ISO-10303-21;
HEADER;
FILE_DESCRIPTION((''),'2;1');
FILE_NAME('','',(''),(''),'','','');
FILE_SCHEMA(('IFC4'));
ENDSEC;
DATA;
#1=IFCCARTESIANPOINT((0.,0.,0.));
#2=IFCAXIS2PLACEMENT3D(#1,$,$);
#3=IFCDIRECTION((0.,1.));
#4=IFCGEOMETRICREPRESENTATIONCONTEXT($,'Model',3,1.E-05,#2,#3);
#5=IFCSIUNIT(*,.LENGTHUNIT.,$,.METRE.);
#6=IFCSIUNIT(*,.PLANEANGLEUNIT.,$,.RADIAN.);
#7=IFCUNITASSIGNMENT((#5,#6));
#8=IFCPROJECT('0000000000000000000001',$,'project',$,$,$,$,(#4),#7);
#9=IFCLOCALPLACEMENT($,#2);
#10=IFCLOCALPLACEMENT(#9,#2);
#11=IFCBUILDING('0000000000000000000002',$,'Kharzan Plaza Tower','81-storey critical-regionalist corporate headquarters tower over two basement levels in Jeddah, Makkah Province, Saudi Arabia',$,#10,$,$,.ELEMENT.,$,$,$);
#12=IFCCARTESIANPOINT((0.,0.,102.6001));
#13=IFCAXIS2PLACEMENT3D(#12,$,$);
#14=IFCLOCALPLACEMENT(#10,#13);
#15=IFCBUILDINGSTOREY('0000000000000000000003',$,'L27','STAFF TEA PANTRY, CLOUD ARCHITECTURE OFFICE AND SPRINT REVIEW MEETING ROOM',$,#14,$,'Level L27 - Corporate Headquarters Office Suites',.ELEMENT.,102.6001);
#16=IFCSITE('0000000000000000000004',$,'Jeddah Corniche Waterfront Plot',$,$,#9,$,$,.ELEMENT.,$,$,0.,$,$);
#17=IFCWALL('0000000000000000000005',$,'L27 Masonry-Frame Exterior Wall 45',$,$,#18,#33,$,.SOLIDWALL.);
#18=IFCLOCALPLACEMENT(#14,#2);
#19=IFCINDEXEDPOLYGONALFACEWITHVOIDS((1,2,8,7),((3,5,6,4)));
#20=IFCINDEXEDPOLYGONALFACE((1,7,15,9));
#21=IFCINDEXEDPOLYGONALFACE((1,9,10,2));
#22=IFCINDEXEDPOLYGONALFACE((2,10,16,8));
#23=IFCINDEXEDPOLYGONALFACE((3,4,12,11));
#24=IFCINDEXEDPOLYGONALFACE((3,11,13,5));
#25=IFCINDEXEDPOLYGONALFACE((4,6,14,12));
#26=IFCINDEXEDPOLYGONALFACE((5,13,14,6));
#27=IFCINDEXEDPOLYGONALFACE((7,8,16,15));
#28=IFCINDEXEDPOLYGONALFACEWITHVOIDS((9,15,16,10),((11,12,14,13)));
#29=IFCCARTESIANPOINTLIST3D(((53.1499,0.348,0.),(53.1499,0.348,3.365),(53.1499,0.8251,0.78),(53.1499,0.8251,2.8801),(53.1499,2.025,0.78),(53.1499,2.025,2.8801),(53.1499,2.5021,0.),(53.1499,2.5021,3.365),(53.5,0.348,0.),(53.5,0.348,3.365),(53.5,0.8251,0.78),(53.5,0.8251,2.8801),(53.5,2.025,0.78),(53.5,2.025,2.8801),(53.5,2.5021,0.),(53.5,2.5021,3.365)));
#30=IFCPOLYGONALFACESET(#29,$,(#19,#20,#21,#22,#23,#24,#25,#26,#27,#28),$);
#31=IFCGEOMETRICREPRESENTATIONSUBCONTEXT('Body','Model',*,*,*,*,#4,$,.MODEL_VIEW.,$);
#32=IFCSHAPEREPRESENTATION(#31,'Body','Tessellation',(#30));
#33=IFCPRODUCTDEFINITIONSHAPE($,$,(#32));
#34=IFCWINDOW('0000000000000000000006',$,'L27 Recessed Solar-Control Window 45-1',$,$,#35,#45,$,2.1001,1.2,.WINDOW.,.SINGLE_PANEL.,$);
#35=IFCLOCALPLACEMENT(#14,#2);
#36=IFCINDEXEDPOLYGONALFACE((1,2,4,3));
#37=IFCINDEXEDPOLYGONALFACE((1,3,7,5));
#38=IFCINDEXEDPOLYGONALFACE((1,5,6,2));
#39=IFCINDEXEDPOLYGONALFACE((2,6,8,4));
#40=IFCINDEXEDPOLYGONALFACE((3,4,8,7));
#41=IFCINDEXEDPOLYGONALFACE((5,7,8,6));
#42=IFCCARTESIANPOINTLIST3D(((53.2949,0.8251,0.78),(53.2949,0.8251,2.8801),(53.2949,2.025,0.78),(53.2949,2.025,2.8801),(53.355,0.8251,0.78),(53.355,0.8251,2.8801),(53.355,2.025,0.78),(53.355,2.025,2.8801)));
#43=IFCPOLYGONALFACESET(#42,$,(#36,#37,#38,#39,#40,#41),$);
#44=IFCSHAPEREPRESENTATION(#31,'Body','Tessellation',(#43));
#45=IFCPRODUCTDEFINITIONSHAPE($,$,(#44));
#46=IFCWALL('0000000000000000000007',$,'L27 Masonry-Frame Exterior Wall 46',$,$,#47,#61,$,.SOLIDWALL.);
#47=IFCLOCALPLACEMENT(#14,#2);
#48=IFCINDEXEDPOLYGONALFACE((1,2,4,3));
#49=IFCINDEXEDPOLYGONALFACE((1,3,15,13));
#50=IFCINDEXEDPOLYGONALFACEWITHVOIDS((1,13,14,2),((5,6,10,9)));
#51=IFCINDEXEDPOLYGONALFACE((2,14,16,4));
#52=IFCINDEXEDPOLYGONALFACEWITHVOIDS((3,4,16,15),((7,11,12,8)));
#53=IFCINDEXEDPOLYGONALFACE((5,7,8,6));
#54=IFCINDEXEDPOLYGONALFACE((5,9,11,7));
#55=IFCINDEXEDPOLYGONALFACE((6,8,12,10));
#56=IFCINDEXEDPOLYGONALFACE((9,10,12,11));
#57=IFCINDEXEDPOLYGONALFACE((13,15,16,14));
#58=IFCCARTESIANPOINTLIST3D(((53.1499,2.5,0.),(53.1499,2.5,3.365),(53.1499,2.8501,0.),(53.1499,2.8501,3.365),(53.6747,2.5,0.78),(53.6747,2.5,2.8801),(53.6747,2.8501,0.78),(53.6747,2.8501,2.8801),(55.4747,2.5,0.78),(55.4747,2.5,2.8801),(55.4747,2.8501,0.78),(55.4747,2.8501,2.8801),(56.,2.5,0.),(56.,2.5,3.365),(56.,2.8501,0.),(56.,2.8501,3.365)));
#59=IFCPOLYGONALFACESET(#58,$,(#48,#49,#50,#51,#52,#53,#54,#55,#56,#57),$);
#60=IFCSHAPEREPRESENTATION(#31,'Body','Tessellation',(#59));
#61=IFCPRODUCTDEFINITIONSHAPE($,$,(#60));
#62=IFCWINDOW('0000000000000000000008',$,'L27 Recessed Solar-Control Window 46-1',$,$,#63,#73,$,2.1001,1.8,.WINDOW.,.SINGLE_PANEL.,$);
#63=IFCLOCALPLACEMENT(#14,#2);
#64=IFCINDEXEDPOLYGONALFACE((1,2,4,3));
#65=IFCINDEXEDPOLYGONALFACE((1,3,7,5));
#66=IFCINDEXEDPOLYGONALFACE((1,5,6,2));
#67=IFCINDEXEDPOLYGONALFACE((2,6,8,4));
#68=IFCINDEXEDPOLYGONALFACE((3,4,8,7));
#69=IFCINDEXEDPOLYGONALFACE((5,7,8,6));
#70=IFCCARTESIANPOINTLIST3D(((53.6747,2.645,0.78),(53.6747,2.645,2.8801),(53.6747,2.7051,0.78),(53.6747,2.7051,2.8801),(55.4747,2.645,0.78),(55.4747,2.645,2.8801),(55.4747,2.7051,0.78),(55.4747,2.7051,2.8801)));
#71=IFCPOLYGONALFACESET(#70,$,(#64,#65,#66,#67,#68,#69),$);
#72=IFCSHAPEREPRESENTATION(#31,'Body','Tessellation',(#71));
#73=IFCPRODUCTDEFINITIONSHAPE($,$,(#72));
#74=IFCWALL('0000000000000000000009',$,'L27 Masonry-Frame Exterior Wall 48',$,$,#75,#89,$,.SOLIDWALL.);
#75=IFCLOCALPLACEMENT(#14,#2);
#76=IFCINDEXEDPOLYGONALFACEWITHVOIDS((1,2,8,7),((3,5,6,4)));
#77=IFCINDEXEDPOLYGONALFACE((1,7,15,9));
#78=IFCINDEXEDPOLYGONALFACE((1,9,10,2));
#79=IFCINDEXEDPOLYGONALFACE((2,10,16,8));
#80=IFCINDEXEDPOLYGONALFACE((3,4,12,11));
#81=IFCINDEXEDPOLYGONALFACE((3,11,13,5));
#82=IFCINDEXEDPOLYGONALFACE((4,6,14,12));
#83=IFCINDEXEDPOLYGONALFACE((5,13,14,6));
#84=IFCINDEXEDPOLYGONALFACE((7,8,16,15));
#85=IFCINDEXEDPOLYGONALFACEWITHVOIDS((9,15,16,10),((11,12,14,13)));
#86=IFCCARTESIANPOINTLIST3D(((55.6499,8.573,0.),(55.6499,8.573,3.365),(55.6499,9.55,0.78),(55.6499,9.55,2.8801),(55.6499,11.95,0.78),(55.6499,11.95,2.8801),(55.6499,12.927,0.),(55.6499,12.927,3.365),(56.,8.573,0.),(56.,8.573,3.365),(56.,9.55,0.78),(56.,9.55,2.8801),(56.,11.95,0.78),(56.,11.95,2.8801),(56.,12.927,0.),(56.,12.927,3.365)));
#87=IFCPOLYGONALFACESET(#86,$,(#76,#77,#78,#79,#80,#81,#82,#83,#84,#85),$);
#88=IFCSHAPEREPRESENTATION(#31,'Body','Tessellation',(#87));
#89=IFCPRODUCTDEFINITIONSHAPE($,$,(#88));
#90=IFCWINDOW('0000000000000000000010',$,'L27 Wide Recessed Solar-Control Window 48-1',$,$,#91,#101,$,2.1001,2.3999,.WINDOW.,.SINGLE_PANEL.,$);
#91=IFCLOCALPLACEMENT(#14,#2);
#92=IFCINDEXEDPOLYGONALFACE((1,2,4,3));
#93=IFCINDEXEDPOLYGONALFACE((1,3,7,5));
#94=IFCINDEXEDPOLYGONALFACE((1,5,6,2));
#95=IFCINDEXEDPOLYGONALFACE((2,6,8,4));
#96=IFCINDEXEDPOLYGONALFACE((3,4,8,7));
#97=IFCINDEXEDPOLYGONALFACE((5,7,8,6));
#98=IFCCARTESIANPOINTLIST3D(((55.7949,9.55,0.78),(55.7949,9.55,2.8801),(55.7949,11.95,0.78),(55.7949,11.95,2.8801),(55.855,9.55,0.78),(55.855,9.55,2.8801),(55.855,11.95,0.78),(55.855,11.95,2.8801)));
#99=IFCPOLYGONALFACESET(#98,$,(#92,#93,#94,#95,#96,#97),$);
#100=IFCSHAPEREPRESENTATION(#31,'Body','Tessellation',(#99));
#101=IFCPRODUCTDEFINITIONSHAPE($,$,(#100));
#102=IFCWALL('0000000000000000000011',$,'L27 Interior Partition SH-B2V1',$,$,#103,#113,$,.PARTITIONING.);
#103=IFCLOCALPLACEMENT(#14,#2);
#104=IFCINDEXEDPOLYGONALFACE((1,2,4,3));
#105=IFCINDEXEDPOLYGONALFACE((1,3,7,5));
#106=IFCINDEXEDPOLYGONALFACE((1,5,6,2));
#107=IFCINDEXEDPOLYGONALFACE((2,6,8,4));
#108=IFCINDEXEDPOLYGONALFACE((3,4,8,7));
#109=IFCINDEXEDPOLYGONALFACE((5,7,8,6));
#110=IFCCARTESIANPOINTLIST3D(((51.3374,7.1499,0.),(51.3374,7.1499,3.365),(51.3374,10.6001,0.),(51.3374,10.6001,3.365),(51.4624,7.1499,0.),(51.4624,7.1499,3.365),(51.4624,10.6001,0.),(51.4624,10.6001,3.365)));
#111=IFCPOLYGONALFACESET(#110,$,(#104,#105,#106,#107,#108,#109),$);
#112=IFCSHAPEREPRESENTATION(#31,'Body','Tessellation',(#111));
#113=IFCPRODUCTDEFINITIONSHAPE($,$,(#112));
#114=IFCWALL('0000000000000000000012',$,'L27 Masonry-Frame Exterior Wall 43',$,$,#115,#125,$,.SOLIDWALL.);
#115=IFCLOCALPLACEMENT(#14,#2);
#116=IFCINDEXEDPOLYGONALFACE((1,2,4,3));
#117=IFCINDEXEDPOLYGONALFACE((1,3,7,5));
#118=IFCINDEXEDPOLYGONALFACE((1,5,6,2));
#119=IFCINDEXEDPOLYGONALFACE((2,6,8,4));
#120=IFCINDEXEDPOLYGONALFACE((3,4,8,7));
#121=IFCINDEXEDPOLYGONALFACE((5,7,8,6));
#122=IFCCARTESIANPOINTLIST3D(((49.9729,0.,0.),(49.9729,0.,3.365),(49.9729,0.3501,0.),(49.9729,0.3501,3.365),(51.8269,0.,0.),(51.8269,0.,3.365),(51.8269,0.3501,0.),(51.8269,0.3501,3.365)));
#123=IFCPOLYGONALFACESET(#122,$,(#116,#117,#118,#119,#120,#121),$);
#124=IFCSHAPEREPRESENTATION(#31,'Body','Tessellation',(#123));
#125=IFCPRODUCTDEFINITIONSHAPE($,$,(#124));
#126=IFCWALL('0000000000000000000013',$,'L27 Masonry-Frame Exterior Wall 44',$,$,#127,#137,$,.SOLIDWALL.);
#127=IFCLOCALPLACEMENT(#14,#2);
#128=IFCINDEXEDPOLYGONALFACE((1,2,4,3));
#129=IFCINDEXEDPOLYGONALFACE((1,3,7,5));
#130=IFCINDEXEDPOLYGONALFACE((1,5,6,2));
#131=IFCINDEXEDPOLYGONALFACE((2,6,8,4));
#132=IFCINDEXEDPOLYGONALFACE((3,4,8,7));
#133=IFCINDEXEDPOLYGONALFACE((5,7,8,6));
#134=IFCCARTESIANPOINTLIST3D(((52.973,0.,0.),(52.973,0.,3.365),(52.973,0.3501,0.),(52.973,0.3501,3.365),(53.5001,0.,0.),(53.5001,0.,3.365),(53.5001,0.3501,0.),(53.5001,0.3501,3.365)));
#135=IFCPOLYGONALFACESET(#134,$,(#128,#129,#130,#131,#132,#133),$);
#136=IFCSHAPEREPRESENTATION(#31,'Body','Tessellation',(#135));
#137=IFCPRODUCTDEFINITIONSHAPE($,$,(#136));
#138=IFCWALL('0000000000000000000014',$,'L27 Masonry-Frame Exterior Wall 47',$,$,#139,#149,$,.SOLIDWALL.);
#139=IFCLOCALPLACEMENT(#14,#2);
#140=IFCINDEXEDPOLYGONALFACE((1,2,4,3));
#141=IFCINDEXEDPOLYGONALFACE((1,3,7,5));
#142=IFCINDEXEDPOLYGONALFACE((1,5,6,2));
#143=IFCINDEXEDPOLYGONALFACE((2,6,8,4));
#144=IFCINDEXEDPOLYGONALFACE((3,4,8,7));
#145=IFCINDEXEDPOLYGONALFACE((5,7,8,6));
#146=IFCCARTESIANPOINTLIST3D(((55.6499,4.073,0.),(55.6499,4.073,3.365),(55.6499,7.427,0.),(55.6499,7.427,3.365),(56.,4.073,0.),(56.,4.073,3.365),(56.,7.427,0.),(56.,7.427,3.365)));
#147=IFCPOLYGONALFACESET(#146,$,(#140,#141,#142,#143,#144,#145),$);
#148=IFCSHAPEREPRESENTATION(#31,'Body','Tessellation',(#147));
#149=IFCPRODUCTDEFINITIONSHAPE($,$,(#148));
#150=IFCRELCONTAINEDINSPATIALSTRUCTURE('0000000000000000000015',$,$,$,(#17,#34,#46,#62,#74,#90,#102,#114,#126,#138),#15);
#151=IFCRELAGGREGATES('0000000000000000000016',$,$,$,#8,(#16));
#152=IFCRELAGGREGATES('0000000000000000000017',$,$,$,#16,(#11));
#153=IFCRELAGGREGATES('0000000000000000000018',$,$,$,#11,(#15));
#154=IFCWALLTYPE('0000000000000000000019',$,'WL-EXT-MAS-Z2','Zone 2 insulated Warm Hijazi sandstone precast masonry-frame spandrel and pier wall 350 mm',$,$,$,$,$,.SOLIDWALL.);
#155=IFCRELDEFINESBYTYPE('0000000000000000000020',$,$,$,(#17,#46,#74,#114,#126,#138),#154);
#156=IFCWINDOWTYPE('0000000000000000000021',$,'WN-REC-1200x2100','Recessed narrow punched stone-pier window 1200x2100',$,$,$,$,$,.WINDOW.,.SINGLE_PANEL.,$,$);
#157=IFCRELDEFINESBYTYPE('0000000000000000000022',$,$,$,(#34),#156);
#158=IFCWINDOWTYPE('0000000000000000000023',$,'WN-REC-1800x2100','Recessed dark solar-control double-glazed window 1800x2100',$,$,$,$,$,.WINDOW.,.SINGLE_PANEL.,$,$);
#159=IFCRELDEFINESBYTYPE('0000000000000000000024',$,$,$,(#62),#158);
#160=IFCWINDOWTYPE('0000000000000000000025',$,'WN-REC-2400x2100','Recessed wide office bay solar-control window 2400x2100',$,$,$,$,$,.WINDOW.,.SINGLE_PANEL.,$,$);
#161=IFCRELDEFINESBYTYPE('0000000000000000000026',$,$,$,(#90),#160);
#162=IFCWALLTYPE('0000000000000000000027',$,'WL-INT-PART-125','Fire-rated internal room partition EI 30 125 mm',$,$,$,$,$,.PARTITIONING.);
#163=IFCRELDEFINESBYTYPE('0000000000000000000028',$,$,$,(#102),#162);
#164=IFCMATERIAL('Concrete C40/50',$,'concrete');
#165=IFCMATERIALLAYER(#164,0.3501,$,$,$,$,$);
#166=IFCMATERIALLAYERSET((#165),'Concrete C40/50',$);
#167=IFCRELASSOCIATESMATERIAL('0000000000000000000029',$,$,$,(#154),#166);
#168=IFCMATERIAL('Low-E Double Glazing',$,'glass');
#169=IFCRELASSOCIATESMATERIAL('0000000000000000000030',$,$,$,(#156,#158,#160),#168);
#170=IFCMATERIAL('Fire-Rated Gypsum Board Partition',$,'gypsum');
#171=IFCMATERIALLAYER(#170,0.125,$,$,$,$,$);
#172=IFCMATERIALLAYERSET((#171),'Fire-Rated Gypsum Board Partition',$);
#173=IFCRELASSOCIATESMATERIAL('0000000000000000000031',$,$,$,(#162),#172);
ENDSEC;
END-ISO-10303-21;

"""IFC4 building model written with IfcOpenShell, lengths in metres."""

from ifc_helpers import new_model, si_unit, direction, frame, frame_2d, origin, place, context, subcontext, project, spatial, rectangle, extrude, source, transform, mapped, material, layer, layer_set, type_object, element, fill, save


model = new_model("IFC4")

# Units and contexts
model_context = context("Model", 3, precision=1e-05, world=origin(), true_north=direction((0.0, 1.0)))
body_context = subcontext(model_context, "Body", "Model", "MODEL_VIEW")
ifc_project = project(units=[si_unit("LENGTHUNIT", "METRE"), si_unit("PLANEANGLEUNIT", "RADIAN")], contexts=[model_context])

# Site, building, storey
site_placement = place(None, origin())
site = spatial("IfcSite", under=ifc_project, at=site_placement, Name="Jeddah Corniche Waterfront Plot", CompositionType="ELEMENT", RefElevation=0.0)
building_placement = place(site_placement, origin())
building = spatial("IfcBuilding", under=site, at=building_placement, Name="Kharzan Plaza Tower", Description="81-storey critical-regionalist corporate headquarters tower over two basement levels in Jeddah, Makkah Province, Saudi Arabia", CompositionType="ELEMENT")
storey_placement = place(building_placement, frame((0.0, 0.0, 102.6001)))
storey = spatial("IfcBuildingStorey", under=building, at=storey_placement, Name="L27", Description="STAFF TEA PANTRY, CLOUD ARCHITECTURE OFFICE AND SPRINT REVIEW MEETING ROOM", LongName="Level L27 - Corporate Headquarters Office Suites", CompositionType="ELEMENT", Elevation=102.6001)

# Walls, openings, windows
ifc_material_1 = material(Name="Concrete C40/50", Category="concrete")
ifc_layer_1 = layer(ifc_material_1, 0.3501)
ifc_layer_set_1 = layer_set([ifc_layer_1], Name="Concrete C40/50")
wall_type_1 = type_object("IfcWallType", Name="WL-EXT-MAS-Z2", Description="Zone 2 insulated Warm Hijazi sandstone precast masonry-frame spandrel and pier wall 350 mm", PredefinedType="SOLIDWALL", material=ifc_layer_set_1)
wall_1_placement = place(storey_placement, frame((53.325, 0.3479, 0.0), z_axis=(0.0, 0.0, 1.0), x_axis=(0.0, 1.0, 0.0)))
wall_1 = element("IfcWall", 1, at=wall_1_placement, inside=storey, type_object=wall_type_1, Name="L27 Masonry-Frame Exterior Wall 45", PredefinedType="SOLIDWALL", context=body_context, shape_type="SweptSolid", body=[
    extrude(rectangle(XDim=2.1541, YDim=0.3501, at=frame_2d((1.0771, 0.0))), origin(), (0.0, 0.0, 1.0), 3.365),
])
opening_1_placement = place(wall_1_placement, frame((0.4771, 0.0, 0.78)))
opening_1 = element("IfcOpeningElement", 2, at=opening_1_placement, cuts=wall_1, PredefinedType="OPENING", context=body_context, shape_type="SweptSolid", body=[
    extrude(rectangle(XDim=1.2, YDim=2.1001, at=frame_2d((0.6001, 1.05))), frame((0.0, 0.1851, 0.0), z_axis=(0.0, -1.0, 0.0), x_axis=(1.0, 0.0, 0.0)), (0.0, 0.0, 1.0), 0.3701),
])
ifc_material_2 = material(Name="Low-E Double Glazing", Category="glass")
window_type_1 = type_object("IfcWindowType", Name="WN-REC-1200x2100", Description="Recessed narrow punched stone-pier window 1200x2100", PartitioningType="SINGLE_PANEL", PredefinedType="WINDOW", material=ifc_material_2)
shared_shape_1 = source(origin(), body_context, "Body", "SweptSolid", [
    extrude(rectangle(XDim=1.2, YDim=2.1001, at=frame_2d((0.6001, 1.05))), frame((0.0, 0.03, 0.0), z_axis=(0.0, -1.0, 0.0), x_axis=(1.0, 0.0, 0.0)), (0.0, 0.0, 1.0), 0.0601),
])
window_1_placement = place(opening_1_placement, origin())
window_1 = element("IfcWindow", 3, at=window_1_placement, inside=storey, type_object=window_type_1, Name="L27 Recessed Solar-Control Window 45-1", OverallHeight=2.1001, OverallWidth=1.2, PartitioningType="SINGLE_PANEL", PredefinedType="WINDOW", context=body_context, shape_type="MappedRepresentation", body=[
    mapped(shared_shape_1, transform((0.0, 0.0, 0.0), x_axis=(1.0, 0.0, 0.0), y_axis=(0.0, 1.0, 0.0), z_axis=(0.0, 0.0, 1.0))),
])
fill(opening_1, window_1)
wall_2_placement = place(storey_placement, frame((53.1499, 2.675, 0.0), z_axis=(0.0, 0.0, 1.0), x_axis=(1.0, 0.0, 0.0)))
wall_2 = element("IfcWall", 4, at=wall_2_placement, inside=storey, type_object=wall_type_1, Name="L27 Masonry-Frame Exterior Wall 46", PredefinedType="SOLIDWALL", context=body_context, shape_type="SweptSolid", body=[
    extrude(rectangle(XDim=2.8501, YDim=0.3501, at=frame_2d((1.425, 0.0))), origin(), (0.0, 0.0, 1.0), 3.365),
])
opening_2_placement = place(wall_2_placement, frame((0.5249, 0.0, 0.78)))
opening_2 = element("IfcOpeningElement", 5, at=opening_2_placement, cuts=wall_2, PredefinedType="OPENING", context=body_context, shape_type="SweptSolid", body=[
    extrude(rectangle(XDim=1.8, YDim=2.1001, at=frame_2d((0.8999, 1.05))), frame((0.0, 0.1851, 0.0), z_axis=(0.0, -1.0, 0.0), x_axis=(1.0, 0.0, 0.0)), (0.0, 0.0, 1.0), 0.3701),
])
window_type_2 = type_object("IfcWindowType", Name="WN-REC-1800x2100", Description="Recessed dark solar-control double-glazed window 1800x2100", PartitioningType="SINGLE_PANEL", PredefinedType="WINDOW", material=ifc_material_2)
shared_shape_2 = source(origin(), body_context, "Body", "SweptSolid", [
    extrude(rectangle(XDim=1.8, YDim=2.1001, at=frame_2d((0.8999, 1.05))), frame((0.0, 0.03, 0.0), z_axis=(0.0, -1.0, 0.0), x_axis=(1.0, 0.0, 0.0)), (0.0, 0.0, 1.0), 0.0601),
])
window_2_placement = place(opening_2_placement, origin())
window_2 = element("IfcWindow", 6, at=window_2_placement, inside=storey, type_object=window_type_2, Name="L27 Recessed Solar-Control Window 46-1", OverallHeight=2.1001, OverallWidth=1.8, PartitioningType="SINGLE_PANEL", PredefinedType="WINDOW", context=body_context, shape_type="MappedRepresentation", body=[
    mapped(shared_shape_2, transform((0.0, 0.0, 0.0), x_axis=(1.0, 0.0, 0.0), y_axis=(0.0, 1.0, 0.0), z_axis=(0.0, 0.0, 1.0))),
])
fill(opening_2, window_2)
wall_3_placement = place(storey_placement, frame((55.825, 8.573, 0.0), z_axis=(0.0, 0.0, 1.0), x_axis=(0.0, 1.0, 0.0)))
wall_3 = element("IfcWall", 7, at=wall_3_placement, inside=storey, type_object=wall_type_1, Name="L27 Masonry-Frame Exterior Wall 48", PredefinedType="SOLIDWALL", context=body_context, shape_type="SweptSolid", body=[
    extrude(rectangle(XDim=4.354, YDim=0.3501, at=frame_2d((2.177, 0.0))), origin(), (0.0, 0.0, 1.0), 3.365),
])
opening_3_placement = place(wall_3_placement, frame((0.9771, 0.0, 0.78)))
opening_3 = element("IfcOpeningElement", 8, at=opening_3_placement, cuts=wall_3, PredefinedType="OPENING", context=body_context, shape_type="SweptSolid", body=[
    extrude(rectangle(XDim=2.3999, YDim=2.1001, at=frame_2d((1.2, 1.05))), frame((0.0, 0.1851, 0.0), z_axis=(0.0, -1.0, 0.0), x_axis=(1.0, 0.0, 0.0)), (0.0, 0.0, 1.0), 0.3701),
])
window_type_3 = type_object("IfcWindowType", Name="WN-REC-2400x2100", Description="Recessed wide office bay solar-control window 2400x2100", PartitioningType="SINGLE_PANEL", PredefinedType="WINDOW", material=ifc_material_2)
shared_shape_3 = source(origin(), body_context, "Body", "SweptSolid", [
    extrude(rectangle(XDim=2.3999, YDim=2.1001, at=frame_2d((1.2, 1.05))), frame((0.0, 0.03, 0.0), z_axis=(0.0, -1.0, 0.0), x_axis=(1.0, 0.0, 0.0)), (0.0, 0.0, 1.0), 0.0601),
])
window_3_placement = place(opening_3_placement, origin())
window_3 = element("IfcWindow", 9, at=window_3_placement, inside=storey, type_object=window_type_3, Name="L27 Wide Recessed Solar-Control Window 48-1", OverallHeight=2.1001, OverallWidth=2.3999, PartitioningType="SINGLE_PANEL", PredefinedType="WINDOW", context=body_context, shape_type="MappedRepresentation", body=[
    mapped(shared_shape_3, transform((0.0, 0.0, 0.0), x_axis=(1.0, 0.0, 0.0), y_axis=(0.0, 1.0, 0.0), z_axis=(0.0, 0.0, 1.0))),
])
fill(opening_3, window_3)

# Walls
ifc_material_3 = material(Name="Fire-Rated Gypsum Board Partition", Category="gypsum")
ifc_layer_2 = layer(ifc_material_3, 0.125)
ifc_layer_set_2 = layer_set([ifc_layer_2], Name="Fire-Rated Gypsum Board Partition")
wall_type_2 = type_object("IfcWallType", Name="WL-INT-PART-125", Description="Fire-rated internal room partition EI 30 125 mm", PredefinedType="PARTITIONING", material=ifc_layer_set_2)
shared_shape_4 = source(origin(), body_context, "Body", "SweptSolid", [
    extrude(rectangle(XDim=3.4502, YDim=0.125, at=frame_2d((1.7251, 0.0))), origin(), (0.0, 0.0, 1.0), 3.365),
])
wall_4_placement = place(storey_placement, frame((51.3999, 7.1499, 0.0), z_axis=(0.0, 0.0, 1.0), x_axis=(0.0, 1.0, 0.0)))
element("IfcWall", 10, at=wall_4_placement, inside=storey, type_object=wall_type_2, Name="L27 Interior Partition SH-B2V1", PredefinedType="PARTITIONING", context=body_context, shape_type="MappedRepresentation", body=[
    mapped(shared_shape_4, transform((0.0, 0.0, 0.0), x_axis=(1.0, 0.0, 0.0), y_axis=(0.0, 1.0, 0.0), z_axis=(0.0, 0.0, 1.0))),
])
shared_shape_5 = source(origin(), body_context, "Body", "SweptSolid", [
    extrude(rectangle(XDim=1.854, YDim=0.3501, at=frame_2d((0.927, 0.0))), origin(), (0.0, 0.0, 1.0), 3.365),
])
wall_5_placement = place(storey_placement, frame((49.9729, 0.175, 0.0), z_axis=(0.0, 0.0, 1.0), x_axis=(1.0, 0.0, 0.0)))
element("IfcWall", 11, at=wall_5_placement, inside=storey, type_object=wall_type_1, Name="L27 Masonry-Frame Exterior Wall 43", PredefinedType="SOLIDWALL", context=body_context, shape_type="MappedRepresentation", body=[
    mapped(shared_shape_5, transform((0.0, 0.0, 0.0), x_axis=(1.0, 0.0, 0.0), y_axis=(0.0, 1.0, 0.0), z_axis=(0.0, 0.0, 1.0))),
])
shared_shape_6 = source(origin(), body_context, "Body", "SweptSolid", [
    extrude(rectangle(XDim=0.5271, YDim=0.3501, at=frame_2d((0.2637, 0.0))), origin(), (0.0, 0.0, 1.0), 3.365),
])
wall_6_placement = place(storey_placement, frame((52.9729, 0.175, 0.0), z_axis=(0.0, 0.0, 1.0), x_axis=(1.0, 0.0, 0.0)))
element("IfcWall", 12, at=wall_6_placement, inside=storey, type_object=wall_type_1, Name="L27 Masonry-Frame Exterior Wall 44", PredefinedType="SOLIDWALL", context=body_context, shape_type="MappedRepresentation", body=[
    mapped(shared_shape_6, transform((0.0, 0.0, 0.0), x_axis=(1.0, 0.0, 0.0), y_axis=(0.0, 1.0, 0.0), z_axis=(0.0, 0.0, 1.0))),
])
shared_shape_7 = source(origin(), body_context, "Body", "SweptSolid", [
    extrude(rectangle(XDim=3.354, YDim=0.3501, at=frame_2d((1.677, 0.0))), origin(), (0.0, 0.0, 1.0), 3.365),
])
wall_7_placement = place(storey_placement, frame((55.825, 4.073, 0.0), z_axis=(0.0, 0.0, 1.0), x_axis=(0.0, 1.0, 0.0)))
element("IfcWall", 13, at=wall_7_placement, inside=storey, type_object=wall_type_1, Name="L27 Masonry-Frame Exterior Wall 47", PredefinedType="SOLIDWALL", context=body_context, shape_type="MappedRepresentation", body=[
    mapped(shared_shape_7, transform((0.0, 0.0, 0.0), x_axis=(1.0, 0.0, 0.0), y_axis=(0.0, 1.0, 0.0), z_axis=(0.0, 0.0, 1.0))),
])

save(model, "model.ifc")
